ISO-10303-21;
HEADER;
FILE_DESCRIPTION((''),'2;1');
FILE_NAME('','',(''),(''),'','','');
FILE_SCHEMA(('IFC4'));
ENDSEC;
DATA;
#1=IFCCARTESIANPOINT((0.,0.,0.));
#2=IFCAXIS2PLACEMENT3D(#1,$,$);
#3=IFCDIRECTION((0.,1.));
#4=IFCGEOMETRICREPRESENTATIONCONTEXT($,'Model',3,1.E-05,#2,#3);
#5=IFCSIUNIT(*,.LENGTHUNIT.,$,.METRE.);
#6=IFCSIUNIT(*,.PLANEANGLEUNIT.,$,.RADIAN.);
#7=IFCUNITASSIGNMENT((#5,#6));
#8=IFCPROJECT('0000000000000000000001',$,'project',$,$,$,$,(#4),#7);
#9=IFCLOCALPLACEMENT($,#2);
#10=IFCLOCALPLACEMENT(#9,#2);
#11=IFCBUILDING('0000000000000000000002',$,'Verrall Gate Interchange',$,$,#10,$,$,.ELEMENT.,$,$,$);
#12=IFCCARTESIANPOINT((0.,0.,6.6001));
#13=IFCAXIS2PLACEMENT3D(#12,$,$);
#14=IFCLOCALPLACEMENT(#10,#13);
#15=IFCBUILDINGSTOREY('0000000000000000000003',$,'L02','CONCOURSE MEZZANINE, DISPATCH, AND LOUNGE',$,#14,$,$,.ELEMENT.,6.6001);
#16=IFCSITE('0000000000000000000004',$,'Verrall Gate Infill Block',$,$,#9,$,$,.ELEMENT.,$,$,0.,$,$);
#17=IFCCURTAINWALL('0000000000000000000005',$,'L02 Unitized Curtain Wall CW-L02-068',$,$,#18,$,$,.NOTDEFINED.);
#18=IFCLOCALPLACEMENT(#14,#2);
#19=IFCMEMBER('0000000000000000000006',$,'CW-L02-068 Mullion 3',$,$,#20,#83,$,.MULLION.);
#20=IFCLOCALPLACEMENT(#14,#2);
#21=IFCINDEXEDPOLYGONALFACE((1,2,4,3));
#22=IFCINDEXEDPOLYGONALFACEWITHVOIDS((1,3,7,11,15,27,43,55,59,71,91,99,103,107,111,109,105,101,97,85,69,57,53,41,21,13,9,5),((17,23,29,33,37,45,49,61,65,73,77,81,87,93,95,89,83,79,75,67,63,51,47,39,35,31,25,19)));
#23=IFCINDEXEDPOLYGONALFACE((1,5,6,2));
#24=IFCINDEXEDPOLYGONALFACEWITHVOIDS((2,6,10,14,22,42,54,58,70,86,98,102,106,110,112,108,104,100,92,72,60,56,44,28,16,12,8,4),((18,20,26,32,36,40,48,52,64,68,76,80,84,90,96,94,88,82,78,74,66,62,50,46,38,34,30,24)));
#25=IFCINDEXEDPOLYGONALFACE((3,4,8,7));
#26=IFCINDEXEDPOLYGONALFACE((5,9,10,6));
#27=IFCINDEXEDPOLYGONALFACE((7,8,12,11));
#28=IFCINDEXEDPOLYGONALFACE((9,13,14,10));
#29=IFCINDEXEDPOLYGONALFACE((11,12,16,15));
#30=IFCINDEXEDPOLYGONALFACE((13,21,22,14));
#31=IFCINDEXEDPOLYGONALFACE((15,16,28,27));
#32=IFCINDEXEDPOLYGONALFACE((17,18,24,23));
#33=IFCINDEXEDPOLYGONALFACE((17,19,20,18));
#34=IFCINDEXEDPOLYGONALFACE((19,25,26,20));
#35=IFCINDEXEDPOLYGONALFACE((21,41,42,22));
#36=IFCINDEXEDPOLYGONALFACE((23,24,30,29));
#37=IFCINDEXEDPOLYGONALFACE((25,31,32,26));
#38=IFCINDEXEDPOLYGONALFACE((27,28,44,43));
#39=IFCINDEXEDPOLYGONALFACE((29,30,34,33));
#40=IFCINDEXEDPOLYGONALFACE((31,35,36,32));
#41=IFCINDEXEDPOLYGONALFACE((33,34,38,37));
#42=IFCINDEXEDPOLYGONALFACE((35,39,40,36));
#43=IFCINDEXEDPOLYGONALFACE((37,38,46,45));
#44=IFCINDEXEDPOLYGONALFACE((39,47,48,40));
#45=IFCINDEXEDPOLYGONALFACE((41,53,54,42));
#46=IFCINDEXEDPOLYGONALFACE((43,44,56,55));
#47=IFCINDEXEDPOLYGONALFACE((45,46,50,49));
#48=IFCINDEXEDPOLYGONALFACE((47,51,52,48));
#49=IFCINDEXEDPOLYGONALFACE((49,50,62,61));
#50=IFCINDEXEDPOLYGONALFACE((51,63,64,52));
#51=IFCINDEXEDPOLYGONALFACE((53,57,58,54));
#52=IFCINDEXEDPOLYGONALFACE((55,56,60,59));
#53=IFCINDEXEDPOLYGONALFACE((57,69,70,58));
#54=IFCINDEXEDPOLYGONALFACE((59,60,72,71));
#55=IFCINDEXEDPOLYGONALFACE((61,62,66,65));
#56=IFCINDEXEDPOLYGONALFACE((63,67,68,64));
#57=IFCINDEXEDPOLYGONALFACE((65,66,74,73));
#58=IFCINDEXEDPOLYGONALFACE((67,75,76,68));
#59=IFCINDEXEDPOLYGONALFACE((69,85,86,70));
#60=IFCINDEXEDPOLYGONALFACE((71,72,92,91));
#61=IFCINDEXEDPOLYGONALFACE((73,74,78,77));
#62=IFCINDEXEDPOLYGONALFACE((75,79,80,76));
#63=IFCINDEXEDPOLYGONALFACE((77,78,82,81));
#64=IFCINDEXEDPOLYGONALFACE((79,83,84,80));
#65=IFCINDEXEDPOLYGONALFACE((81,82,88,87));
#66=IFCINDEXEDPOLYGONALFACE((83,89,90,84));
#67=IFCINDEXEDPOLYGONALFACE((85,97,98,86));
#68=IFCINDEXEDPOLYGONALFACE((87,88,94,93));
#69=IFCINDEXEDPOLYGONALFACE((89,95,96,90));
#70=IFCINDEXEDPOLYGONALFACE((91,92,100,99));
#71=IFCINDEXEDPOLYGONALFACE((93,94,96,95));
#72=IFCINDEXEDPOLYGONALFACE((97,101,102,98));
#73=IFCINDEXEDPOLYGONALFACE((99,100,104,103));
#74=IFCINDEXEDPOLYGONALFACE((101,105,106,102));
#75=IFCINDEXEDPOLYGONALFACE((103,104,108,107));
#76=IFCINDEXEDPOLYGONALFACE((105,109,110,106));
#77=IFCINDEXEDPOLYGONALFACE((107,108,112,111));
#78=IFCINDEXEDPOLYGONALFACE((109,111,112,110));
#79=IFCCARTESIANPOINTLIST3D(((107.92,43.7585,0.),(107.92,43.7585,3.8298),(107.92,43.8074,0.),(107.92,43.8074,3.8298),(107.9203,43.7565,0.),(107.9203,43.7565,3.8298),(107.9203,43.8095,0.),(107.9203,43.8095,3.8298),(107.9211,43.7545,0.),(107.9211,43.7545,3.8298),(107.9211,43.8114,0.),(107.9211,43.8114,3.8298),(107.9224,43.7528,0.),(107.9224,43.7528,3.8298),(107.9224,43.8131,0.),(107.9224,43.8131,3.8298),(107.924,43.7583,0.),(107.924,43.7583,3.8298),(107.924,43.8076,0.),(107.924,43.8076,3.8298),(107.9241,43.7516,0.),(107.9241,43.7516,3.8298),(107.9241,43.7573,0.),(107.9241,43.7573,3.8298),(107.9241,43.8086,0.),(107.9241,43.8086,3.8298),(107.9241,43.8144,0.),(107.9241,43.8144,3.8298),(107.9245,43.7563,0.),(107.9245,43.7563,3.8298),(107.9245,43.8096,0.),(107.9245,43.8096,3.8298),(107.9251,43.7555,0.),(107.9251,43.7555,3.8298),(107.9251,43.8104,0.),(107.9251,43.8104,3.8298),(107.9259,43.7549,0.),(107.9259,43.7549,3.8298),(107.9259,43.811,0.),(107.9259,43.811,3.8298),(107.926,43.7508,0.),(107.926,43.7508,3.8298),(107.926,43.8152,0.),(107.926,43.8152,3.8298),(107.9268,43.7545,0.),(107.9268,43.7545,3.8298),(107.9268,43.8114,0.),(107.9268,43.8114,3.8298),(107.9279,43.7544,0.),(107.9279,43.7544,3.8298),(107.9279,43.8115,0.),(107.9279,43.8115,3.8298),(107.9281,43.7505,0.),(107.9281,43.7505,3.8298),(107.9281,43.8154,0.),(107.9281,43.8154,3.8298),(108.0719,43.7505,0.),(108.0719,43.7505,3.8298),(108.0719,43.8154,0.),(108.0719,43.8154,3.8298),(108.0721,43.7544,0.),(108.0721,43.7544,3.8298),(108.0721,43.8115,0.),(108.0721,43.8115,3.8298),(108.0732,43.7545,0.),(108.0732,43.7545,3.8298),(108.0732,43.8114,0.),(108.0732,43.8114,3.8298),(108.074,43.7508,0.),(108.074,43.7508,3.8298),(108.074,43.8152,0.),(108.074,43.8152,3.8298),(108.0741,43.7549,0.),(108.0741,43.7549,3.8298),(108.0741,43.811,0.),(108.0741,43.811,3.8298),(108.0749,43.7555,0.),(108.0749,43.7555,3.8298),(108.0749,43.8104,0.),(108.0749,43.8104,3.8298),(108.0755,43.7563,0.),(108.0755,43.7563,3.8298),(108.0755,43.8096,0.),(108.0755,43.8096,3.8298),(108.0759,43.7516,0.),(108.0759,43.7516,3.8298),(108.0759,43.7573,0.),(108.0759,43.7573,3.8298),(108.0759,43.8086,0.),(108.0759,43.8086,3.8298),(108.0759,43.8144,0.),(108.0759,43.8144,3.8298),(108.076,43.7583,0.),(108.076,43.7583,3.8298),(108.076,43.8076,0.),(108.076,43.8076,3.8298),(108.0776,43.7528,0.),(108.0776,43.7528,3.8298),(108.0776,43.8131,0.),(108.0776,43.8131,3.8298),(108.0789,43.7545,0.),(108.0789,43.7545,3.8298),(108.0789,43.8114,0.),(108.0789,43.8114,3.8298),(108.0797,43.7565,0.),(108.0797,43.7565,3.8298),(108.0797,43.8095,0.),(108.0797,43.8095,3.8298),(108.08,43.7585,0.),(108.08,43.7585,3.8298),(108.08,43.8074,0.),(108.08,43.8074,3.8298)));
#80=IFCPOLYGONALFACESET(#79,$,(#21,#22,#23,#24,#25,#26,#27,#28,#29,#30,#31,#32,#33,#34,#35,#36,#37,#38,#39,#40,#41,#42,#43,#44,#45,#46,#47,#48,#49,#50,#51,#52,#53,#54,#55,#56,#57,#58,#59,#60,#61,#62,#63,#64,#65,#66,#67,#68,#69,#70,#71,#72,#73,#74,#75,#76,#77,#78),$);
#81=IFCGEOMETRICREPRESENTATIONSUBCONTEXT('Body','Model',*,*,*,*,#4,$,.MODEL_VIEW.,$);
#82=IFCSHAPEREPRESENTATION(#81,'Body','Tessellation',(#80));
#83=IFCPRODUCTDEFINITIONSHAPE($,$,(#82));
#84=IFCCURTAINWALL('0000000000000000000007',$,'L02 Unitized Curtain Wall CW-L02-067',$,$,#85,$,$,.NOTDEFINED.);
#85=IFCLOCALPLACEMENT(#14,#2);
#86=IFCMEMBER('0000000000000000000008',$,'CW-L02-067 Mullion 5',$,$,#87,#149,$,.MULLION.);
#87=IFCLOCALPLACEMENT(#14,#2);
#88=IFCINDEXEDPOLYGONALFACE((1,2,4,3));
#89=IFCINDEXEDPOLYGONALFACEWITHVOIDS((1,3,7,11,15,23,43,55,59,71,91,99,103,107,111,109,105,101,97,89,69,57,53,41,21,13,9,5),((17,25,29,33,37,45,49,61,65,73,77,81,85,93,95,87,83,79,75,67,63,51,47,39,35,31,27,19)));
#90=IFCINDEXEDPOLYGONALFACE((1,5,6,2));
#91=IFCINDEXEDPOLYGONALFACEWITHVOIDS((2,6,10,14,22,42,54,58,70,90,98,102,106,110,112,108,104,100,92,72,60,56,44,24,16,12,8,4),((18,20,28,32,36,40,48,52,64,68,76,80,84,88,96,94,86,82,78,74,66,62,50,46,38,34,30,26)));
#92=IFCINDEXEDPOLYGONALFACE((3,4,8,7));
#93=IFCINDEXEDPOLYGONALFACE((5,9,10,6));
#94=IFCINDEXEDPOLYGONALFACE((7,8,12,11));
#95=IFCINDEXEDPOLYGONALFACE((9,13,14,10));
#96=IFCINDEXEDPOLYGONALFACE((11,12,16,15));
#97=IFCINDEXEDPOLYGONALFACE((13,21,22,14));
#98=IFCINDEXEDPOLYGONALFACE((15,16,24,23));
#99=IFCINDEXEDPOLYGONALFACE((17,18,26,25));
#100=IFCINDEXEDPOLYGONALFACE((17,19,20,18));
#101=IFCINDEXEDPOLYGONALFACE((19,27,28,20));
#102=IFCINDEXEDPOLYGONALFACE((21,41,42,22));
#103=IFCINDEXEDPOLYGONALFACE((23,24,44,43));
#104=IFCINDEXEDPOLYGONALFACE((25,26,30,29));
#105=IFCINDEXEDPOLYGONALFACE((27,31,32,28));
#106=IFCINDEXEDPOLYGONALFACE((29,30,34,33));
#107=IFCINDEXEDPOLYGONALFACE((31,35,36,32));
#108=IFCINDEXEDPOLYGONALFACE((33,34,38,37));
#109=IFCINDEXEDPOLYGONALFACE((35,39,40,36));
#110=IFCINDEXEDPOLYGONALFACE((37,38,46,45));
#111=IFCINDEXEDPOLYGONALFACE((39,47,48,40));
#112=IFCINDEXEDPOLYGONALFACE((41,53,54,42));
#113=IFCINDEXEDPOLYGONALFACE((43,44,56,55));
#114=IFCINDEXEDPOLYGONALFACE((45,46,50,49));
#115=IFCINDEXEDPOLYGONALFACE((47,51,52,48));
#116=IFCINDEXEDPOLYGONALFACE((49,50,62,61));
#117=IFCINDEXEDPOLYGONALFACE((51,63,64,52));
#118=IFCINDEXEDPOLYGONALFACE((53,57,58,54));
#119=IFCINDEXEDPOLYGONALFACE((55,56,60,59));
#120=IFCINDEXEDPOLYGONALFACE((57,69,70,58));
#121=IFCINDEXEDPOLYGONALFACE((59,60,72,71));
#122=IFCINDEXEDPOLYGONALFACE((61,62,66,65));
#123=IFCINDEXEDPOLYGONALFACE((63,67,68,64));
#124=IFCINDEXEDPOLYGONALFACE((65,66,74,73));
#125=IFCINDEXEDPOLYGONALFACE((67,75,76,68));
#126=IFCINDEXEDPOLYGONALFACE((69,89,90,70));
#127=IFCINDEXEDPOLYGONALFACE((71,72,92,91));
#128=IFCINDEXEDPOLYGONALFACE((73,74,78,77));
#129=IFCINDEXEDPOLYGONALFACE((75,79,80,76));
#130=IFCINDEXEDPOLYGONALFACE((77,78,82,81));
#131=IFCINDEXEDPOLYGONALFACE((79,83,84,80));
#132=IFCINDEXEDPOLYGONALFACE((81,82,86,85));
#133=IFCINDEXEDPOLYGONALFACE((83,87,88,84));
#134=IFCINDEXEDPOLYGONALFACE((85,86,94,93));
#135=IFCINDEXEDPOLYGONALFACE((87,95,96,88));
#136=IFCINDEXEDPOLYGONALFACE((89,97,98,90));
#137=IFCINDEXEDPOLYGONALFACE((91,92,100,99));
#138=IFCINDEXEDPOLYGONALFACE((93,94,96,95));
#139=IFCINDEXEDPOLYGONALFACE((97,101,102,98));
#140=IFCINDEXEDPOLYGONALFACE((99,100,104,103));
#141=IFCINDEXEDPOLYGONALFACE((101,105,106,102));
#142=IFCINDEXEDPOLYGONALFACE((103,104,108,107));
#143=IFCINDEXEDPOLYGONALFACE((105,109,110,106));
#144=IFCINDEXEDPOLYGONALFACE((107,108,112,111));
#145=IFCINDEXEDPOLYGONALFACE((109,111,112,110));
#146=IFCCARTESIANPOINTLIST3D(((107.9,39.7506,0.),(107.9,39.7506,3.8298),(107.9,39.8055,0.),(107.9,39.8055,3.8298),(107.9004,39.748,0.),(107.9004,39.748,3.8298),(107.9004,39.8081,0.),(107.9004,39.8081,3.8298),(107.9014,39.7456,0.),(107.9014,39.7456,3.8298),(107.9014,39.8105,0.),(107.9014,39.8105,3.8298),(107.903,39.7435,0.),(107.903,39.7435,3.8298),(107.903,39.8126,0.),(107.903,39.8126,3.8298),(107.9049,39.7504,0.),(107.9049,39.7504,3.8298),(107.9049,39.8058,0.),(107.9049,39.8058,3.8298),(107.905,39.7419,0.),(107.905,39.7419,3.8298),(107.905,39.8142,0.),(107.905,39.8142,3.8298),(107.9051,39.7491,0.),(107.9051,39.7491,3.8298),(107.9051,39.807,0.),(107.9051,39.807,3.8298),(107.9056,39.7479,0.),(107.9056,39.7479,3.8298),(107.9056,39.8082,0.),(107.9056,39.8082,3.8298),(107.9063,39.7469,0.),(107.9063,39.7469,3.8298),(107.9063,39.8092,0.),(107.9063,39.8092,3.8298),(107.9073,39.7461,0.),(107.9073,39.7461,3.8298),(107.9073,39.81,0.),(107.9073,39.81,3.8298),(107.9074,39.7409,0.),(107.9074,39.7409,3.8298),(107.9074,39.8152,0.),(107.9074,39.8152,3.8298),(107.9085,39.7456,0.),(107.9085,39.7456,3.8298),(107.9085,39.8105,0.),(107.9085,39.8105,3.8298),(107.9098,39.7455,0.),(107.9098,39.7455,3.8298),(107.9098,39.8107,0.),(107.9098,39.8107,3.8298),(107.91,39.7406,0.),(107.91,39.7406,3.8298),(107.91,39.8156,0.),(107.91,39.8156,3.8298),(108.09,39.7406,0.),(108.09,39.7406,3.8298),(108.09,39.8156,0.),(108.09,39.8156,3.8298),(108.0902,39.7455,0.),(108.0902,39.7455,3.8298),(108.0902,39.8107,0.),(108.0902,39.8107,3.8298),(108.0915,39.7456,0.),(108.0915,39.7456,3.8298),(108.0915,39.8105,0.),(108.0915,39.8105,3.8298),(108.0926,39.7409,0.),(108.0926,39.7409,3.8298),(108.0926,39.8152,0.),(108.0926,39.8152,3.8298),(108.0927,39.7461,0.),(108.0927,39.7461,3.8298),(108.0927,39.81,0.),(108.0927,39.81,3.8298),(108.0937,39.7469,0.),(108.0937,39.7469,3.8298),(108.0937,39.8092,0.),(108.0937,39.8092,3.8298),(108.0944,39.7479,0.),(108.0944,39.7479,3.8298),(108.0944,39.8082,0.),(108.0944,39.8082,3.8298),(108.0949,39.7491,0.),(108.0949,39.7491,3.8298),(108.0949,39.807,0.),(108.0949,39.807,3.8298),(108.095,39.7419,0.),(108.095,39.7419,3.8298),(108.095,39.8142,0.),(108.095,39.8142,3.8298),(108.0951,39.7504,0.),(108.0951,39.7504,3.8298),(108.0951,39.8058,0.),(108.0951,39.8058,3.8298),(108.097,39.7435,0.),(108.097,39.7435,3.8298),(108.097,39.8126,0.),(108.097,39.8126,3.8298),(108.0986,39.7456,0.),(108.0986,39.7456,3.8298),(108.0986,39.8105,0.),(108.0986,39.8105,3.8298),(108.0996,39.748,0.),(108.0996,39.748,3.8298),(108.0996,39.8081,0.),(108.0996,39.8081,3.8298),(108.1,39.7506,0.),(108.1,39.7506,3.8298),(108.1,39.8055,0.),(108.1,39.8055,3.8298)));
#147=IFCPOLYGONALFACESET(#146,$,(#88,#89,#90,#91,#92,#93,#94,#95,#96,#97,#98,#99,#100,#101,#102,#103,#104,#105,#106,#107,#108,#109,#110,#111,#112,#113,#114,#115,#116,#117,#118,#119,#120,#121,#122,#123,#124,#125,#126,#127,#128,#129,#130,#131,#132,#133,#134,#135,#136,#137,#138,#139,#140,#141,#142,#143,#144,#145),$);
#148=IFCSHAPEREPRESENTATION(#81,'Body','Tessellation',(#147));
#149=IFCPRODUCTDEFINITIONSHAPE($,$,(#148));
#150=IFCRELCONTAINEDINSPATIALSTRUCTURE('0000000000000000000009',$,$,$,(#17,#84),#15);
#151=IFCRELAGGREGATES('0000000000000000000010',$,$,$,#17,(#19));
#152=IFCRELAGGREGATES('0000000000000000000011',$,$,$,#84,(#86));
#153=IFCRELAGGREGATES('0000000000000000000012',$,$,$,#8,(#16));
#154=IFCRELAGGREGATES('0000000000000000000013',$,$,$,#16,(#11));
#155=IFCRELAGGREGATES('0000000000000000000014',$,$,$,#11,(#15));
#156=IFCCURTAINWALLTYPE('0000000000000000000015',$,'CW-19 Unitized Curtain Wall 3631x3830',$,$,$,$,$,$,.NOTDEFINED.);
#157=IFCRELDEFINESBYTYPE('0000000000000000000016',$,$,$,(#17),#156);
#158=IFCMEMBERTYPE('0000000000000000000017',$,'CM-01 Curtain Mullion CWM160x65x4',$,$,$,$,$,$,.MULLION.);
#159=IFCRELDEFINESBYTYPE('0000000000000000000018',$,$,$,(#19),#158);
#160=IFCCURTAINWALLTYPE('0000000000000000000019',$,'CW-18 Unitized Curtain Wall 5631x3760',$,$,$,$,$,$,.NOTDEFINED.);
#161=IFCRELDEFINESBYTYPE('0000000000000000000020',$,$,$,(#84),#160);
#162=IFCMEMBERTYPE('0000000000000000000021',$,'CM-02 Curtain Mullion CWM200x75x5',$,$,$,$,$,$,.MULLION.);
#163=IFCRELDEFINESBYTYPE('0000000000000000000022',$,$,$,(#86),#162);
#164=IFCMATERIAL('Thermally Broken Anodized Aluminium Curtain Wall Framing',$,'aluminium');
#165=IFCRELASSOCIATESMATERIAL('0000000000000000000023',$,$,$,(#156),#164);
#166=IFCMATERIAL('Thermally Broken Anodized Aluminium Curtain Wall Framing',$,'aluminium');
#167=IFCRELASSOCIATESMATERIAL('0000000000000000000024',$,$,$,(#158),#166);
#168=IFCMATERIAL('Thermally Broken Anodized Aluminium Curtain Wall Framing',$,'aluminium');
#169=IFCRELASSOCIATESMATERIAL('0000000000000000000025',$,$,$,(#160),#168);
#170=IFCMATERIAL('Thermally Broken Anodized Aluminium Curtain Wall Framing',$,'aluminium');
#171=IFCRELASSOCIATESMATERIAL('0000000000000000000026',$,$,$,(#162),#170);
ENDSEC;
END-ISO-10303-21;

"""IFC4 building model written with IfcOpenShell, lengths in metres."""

from ifc_helpers import new_model, si_unit, direction, frame, origin, origin_2d, place, context, subcontext, project, spatial, hollow_rectangle, extrude, material, material_profile, profile_set, type_object, element, aggregate, save


model = new_model("IFC4")

# Units and contexts
model_context = context("Model", 3, precision=1e-05, world=origin(), true_north=direction((0.0, 1.0)))
body_context = subcontext(model_context, "Body", "Model", "MODEL_VIEW")
ifc_project = project(units=[si_unit("LENGTHUNIT", "METRE"), si_unit("PLANEANGLEUNIT", "RADIAN")], contexts=[model_context])

# Site, building, storey
site_placement = place(None, origin())
site = spatial("IfcSite", under=ifc_project, at=site_placement, Name="Verrall Gate Infill Block", CompositionType="ELEMENT", RefElevation=0.0)
building_placement = place(site_placement, origin())
building = spatial("IfcBuilding", under=site, at=building_placement, Name="Verrall Gate Interchange", CompositionType="ELEMENT")
storey_placement = place(building_placement, frame((0.0, 0.0, 6.6001)))
storey = spatial("IfcBuildingStorey", under=building, at=storey_placement, Name="L02", Description="CONCOURSE MEZZANINE, DISPATCH, AND LOUNGE", CompositionType="ELEMENT", Elevation=6.6001)

# Curtain wall, member
ifc_material_1 = material(Name="Thermally Broken Anodized Aluminium Curtain Wall Framing", Category="aluminium")
curtain_wall_type_1 = type_object("IfcCurtainWallType", Name="CW-19 Unitized Curtain Wall 3631x3830", PredefinedType="NOTDEFINED", material=ifc_material_1)
curtain_wall_1_placement = place(storey_placement, origin())
curtain_wall_1 = element("IfcCurtainWall", 1, at=curtain_wall_1_placement, inside=storey, type_object=curtain_wall_type_1, Name="L02 Unitized Curtain Wall CW-L02-068", PredefinedType="NOTDEFINED")
ifc_material_2 = material(Name="Thermally Broken Anodized Aluminium Curtain Wall Framing", Category="aluminium")
ifc_material_profile_1 = material_profile(ifc_material_2, hollow_rectangle(XDim=0.0649, YDim=0.1599, WallThickness=0.0039, InnerFilletRadius=0.0039, OuterFilletRadius=0.0081, at=origin_2d()), Name="CWM160x65x4")
ifc_profile_set_1 = profile_set([ifc_material_profile_1], Name="Thermally Broken Anodized Aluminium Curtain Wall Framing")
member_type_1 = type_object("IfcMemberType", Name="CM-01 Curtain Mullion CWM160x65x4", PredefinedType="MULLION", material=ifc_profile_set_1)
member_1_placement = place(storey_placement, frame((108.0, 43.783, 0.0), z_axis=(0.0, 0.0, 1.0), x_axis=(0.0, 1.0, 0.0)))
member_1 = element("IfcMember", 2, at=member_1_placement, type_object=member_type_1, Name="CW-L02-068 Mullion 3", PredefinedType="MULLION", context=body_context, shape_type="SweptSolid", body=[
    extrude(hollow_rectangle(XDim=0.0649, YDim=0.1599, WallThickness=0.0039, InnerFilletRadius=0.0039, OuterFilletRadius=0.0081, at=origin_2d()), origin(), (0.0, 0.0, 1.0), 3.8298),
])

# Curtain wall, member
ifc_material_3 = material(Name="Thermally Broken Anodized Aluminium Curtain Wall Framing", Category="aluminium")
curtain_wall_type_2 = type_object("IfcCurtainWallType", Name="CW-18 Unitized Curtain Wall 5631x3760", PredefinedType="NOTDEFINED", material=ifc_material_3)
curtain_wall_2_placement = place(storey_placement, origin())
curtain_wall_2 = element("IfcCurtainWall", 3, at=curtain_wall_2_placement, inside=storey, type_object=curtain_wall_type_2, Name="L02 Unitized Curtain Wall CW-L02-067", PredefinedType="NOTDEFINED")
ifc_material_4 = material(Name="Thermally Broken Anodized Aluminium Curtain Wall Framing", Category="aluminium")
ifc_material_profile_2 = material_profile(ifc_material_4, hollow_rectangle(XDim=0.075, YDim=0.2, WallThickness=0.0049, InnerFilletRadius=0.0049, OuterFilletRadius=0.01, at=origin_2d()), Name="CWM200x75x5")
ifc_profile_set_2 = profile_set([ifc_material_profile_2], Name="Thermally Broken Anodized Aluminium Curtain Wall Framing")
member_type_2 = type_object("IfcMemberType", Name="CM-02 Curtain Mullion CWM200x75x5", PredefinedType="MULLION", material=ifc_profile_set_2)
member_2_placement = place(storey_placement, frame((108.0, 39.7781, 0.0), z_axis=(0.0, 0.0, 1.0), x_axis=(0.0, 1.0, 0.0)))
member_2 = element("IfcMember", 4, at=member_2_placement, type_object=member_type_2, Name="CW-L02-067 Mullion 5", PredefinedType="MULLION", context=body_context, shape_type="SweptSolid", body=[
    extrude(hollow_rectangle(XDim=0.075, YDim=0.2, WallThickness=0.0049, InnerFilletRadius=0.0049, OuterFilletRadius=0.01, at=origin_2d()), origin(), (0.0, 0.0, 1.0), 3.8298),
])

aggregate(curtain_wall_1, [member_1])
aggregate(curtain_wall_2, [member_2])

save(model, "model.ifc")
